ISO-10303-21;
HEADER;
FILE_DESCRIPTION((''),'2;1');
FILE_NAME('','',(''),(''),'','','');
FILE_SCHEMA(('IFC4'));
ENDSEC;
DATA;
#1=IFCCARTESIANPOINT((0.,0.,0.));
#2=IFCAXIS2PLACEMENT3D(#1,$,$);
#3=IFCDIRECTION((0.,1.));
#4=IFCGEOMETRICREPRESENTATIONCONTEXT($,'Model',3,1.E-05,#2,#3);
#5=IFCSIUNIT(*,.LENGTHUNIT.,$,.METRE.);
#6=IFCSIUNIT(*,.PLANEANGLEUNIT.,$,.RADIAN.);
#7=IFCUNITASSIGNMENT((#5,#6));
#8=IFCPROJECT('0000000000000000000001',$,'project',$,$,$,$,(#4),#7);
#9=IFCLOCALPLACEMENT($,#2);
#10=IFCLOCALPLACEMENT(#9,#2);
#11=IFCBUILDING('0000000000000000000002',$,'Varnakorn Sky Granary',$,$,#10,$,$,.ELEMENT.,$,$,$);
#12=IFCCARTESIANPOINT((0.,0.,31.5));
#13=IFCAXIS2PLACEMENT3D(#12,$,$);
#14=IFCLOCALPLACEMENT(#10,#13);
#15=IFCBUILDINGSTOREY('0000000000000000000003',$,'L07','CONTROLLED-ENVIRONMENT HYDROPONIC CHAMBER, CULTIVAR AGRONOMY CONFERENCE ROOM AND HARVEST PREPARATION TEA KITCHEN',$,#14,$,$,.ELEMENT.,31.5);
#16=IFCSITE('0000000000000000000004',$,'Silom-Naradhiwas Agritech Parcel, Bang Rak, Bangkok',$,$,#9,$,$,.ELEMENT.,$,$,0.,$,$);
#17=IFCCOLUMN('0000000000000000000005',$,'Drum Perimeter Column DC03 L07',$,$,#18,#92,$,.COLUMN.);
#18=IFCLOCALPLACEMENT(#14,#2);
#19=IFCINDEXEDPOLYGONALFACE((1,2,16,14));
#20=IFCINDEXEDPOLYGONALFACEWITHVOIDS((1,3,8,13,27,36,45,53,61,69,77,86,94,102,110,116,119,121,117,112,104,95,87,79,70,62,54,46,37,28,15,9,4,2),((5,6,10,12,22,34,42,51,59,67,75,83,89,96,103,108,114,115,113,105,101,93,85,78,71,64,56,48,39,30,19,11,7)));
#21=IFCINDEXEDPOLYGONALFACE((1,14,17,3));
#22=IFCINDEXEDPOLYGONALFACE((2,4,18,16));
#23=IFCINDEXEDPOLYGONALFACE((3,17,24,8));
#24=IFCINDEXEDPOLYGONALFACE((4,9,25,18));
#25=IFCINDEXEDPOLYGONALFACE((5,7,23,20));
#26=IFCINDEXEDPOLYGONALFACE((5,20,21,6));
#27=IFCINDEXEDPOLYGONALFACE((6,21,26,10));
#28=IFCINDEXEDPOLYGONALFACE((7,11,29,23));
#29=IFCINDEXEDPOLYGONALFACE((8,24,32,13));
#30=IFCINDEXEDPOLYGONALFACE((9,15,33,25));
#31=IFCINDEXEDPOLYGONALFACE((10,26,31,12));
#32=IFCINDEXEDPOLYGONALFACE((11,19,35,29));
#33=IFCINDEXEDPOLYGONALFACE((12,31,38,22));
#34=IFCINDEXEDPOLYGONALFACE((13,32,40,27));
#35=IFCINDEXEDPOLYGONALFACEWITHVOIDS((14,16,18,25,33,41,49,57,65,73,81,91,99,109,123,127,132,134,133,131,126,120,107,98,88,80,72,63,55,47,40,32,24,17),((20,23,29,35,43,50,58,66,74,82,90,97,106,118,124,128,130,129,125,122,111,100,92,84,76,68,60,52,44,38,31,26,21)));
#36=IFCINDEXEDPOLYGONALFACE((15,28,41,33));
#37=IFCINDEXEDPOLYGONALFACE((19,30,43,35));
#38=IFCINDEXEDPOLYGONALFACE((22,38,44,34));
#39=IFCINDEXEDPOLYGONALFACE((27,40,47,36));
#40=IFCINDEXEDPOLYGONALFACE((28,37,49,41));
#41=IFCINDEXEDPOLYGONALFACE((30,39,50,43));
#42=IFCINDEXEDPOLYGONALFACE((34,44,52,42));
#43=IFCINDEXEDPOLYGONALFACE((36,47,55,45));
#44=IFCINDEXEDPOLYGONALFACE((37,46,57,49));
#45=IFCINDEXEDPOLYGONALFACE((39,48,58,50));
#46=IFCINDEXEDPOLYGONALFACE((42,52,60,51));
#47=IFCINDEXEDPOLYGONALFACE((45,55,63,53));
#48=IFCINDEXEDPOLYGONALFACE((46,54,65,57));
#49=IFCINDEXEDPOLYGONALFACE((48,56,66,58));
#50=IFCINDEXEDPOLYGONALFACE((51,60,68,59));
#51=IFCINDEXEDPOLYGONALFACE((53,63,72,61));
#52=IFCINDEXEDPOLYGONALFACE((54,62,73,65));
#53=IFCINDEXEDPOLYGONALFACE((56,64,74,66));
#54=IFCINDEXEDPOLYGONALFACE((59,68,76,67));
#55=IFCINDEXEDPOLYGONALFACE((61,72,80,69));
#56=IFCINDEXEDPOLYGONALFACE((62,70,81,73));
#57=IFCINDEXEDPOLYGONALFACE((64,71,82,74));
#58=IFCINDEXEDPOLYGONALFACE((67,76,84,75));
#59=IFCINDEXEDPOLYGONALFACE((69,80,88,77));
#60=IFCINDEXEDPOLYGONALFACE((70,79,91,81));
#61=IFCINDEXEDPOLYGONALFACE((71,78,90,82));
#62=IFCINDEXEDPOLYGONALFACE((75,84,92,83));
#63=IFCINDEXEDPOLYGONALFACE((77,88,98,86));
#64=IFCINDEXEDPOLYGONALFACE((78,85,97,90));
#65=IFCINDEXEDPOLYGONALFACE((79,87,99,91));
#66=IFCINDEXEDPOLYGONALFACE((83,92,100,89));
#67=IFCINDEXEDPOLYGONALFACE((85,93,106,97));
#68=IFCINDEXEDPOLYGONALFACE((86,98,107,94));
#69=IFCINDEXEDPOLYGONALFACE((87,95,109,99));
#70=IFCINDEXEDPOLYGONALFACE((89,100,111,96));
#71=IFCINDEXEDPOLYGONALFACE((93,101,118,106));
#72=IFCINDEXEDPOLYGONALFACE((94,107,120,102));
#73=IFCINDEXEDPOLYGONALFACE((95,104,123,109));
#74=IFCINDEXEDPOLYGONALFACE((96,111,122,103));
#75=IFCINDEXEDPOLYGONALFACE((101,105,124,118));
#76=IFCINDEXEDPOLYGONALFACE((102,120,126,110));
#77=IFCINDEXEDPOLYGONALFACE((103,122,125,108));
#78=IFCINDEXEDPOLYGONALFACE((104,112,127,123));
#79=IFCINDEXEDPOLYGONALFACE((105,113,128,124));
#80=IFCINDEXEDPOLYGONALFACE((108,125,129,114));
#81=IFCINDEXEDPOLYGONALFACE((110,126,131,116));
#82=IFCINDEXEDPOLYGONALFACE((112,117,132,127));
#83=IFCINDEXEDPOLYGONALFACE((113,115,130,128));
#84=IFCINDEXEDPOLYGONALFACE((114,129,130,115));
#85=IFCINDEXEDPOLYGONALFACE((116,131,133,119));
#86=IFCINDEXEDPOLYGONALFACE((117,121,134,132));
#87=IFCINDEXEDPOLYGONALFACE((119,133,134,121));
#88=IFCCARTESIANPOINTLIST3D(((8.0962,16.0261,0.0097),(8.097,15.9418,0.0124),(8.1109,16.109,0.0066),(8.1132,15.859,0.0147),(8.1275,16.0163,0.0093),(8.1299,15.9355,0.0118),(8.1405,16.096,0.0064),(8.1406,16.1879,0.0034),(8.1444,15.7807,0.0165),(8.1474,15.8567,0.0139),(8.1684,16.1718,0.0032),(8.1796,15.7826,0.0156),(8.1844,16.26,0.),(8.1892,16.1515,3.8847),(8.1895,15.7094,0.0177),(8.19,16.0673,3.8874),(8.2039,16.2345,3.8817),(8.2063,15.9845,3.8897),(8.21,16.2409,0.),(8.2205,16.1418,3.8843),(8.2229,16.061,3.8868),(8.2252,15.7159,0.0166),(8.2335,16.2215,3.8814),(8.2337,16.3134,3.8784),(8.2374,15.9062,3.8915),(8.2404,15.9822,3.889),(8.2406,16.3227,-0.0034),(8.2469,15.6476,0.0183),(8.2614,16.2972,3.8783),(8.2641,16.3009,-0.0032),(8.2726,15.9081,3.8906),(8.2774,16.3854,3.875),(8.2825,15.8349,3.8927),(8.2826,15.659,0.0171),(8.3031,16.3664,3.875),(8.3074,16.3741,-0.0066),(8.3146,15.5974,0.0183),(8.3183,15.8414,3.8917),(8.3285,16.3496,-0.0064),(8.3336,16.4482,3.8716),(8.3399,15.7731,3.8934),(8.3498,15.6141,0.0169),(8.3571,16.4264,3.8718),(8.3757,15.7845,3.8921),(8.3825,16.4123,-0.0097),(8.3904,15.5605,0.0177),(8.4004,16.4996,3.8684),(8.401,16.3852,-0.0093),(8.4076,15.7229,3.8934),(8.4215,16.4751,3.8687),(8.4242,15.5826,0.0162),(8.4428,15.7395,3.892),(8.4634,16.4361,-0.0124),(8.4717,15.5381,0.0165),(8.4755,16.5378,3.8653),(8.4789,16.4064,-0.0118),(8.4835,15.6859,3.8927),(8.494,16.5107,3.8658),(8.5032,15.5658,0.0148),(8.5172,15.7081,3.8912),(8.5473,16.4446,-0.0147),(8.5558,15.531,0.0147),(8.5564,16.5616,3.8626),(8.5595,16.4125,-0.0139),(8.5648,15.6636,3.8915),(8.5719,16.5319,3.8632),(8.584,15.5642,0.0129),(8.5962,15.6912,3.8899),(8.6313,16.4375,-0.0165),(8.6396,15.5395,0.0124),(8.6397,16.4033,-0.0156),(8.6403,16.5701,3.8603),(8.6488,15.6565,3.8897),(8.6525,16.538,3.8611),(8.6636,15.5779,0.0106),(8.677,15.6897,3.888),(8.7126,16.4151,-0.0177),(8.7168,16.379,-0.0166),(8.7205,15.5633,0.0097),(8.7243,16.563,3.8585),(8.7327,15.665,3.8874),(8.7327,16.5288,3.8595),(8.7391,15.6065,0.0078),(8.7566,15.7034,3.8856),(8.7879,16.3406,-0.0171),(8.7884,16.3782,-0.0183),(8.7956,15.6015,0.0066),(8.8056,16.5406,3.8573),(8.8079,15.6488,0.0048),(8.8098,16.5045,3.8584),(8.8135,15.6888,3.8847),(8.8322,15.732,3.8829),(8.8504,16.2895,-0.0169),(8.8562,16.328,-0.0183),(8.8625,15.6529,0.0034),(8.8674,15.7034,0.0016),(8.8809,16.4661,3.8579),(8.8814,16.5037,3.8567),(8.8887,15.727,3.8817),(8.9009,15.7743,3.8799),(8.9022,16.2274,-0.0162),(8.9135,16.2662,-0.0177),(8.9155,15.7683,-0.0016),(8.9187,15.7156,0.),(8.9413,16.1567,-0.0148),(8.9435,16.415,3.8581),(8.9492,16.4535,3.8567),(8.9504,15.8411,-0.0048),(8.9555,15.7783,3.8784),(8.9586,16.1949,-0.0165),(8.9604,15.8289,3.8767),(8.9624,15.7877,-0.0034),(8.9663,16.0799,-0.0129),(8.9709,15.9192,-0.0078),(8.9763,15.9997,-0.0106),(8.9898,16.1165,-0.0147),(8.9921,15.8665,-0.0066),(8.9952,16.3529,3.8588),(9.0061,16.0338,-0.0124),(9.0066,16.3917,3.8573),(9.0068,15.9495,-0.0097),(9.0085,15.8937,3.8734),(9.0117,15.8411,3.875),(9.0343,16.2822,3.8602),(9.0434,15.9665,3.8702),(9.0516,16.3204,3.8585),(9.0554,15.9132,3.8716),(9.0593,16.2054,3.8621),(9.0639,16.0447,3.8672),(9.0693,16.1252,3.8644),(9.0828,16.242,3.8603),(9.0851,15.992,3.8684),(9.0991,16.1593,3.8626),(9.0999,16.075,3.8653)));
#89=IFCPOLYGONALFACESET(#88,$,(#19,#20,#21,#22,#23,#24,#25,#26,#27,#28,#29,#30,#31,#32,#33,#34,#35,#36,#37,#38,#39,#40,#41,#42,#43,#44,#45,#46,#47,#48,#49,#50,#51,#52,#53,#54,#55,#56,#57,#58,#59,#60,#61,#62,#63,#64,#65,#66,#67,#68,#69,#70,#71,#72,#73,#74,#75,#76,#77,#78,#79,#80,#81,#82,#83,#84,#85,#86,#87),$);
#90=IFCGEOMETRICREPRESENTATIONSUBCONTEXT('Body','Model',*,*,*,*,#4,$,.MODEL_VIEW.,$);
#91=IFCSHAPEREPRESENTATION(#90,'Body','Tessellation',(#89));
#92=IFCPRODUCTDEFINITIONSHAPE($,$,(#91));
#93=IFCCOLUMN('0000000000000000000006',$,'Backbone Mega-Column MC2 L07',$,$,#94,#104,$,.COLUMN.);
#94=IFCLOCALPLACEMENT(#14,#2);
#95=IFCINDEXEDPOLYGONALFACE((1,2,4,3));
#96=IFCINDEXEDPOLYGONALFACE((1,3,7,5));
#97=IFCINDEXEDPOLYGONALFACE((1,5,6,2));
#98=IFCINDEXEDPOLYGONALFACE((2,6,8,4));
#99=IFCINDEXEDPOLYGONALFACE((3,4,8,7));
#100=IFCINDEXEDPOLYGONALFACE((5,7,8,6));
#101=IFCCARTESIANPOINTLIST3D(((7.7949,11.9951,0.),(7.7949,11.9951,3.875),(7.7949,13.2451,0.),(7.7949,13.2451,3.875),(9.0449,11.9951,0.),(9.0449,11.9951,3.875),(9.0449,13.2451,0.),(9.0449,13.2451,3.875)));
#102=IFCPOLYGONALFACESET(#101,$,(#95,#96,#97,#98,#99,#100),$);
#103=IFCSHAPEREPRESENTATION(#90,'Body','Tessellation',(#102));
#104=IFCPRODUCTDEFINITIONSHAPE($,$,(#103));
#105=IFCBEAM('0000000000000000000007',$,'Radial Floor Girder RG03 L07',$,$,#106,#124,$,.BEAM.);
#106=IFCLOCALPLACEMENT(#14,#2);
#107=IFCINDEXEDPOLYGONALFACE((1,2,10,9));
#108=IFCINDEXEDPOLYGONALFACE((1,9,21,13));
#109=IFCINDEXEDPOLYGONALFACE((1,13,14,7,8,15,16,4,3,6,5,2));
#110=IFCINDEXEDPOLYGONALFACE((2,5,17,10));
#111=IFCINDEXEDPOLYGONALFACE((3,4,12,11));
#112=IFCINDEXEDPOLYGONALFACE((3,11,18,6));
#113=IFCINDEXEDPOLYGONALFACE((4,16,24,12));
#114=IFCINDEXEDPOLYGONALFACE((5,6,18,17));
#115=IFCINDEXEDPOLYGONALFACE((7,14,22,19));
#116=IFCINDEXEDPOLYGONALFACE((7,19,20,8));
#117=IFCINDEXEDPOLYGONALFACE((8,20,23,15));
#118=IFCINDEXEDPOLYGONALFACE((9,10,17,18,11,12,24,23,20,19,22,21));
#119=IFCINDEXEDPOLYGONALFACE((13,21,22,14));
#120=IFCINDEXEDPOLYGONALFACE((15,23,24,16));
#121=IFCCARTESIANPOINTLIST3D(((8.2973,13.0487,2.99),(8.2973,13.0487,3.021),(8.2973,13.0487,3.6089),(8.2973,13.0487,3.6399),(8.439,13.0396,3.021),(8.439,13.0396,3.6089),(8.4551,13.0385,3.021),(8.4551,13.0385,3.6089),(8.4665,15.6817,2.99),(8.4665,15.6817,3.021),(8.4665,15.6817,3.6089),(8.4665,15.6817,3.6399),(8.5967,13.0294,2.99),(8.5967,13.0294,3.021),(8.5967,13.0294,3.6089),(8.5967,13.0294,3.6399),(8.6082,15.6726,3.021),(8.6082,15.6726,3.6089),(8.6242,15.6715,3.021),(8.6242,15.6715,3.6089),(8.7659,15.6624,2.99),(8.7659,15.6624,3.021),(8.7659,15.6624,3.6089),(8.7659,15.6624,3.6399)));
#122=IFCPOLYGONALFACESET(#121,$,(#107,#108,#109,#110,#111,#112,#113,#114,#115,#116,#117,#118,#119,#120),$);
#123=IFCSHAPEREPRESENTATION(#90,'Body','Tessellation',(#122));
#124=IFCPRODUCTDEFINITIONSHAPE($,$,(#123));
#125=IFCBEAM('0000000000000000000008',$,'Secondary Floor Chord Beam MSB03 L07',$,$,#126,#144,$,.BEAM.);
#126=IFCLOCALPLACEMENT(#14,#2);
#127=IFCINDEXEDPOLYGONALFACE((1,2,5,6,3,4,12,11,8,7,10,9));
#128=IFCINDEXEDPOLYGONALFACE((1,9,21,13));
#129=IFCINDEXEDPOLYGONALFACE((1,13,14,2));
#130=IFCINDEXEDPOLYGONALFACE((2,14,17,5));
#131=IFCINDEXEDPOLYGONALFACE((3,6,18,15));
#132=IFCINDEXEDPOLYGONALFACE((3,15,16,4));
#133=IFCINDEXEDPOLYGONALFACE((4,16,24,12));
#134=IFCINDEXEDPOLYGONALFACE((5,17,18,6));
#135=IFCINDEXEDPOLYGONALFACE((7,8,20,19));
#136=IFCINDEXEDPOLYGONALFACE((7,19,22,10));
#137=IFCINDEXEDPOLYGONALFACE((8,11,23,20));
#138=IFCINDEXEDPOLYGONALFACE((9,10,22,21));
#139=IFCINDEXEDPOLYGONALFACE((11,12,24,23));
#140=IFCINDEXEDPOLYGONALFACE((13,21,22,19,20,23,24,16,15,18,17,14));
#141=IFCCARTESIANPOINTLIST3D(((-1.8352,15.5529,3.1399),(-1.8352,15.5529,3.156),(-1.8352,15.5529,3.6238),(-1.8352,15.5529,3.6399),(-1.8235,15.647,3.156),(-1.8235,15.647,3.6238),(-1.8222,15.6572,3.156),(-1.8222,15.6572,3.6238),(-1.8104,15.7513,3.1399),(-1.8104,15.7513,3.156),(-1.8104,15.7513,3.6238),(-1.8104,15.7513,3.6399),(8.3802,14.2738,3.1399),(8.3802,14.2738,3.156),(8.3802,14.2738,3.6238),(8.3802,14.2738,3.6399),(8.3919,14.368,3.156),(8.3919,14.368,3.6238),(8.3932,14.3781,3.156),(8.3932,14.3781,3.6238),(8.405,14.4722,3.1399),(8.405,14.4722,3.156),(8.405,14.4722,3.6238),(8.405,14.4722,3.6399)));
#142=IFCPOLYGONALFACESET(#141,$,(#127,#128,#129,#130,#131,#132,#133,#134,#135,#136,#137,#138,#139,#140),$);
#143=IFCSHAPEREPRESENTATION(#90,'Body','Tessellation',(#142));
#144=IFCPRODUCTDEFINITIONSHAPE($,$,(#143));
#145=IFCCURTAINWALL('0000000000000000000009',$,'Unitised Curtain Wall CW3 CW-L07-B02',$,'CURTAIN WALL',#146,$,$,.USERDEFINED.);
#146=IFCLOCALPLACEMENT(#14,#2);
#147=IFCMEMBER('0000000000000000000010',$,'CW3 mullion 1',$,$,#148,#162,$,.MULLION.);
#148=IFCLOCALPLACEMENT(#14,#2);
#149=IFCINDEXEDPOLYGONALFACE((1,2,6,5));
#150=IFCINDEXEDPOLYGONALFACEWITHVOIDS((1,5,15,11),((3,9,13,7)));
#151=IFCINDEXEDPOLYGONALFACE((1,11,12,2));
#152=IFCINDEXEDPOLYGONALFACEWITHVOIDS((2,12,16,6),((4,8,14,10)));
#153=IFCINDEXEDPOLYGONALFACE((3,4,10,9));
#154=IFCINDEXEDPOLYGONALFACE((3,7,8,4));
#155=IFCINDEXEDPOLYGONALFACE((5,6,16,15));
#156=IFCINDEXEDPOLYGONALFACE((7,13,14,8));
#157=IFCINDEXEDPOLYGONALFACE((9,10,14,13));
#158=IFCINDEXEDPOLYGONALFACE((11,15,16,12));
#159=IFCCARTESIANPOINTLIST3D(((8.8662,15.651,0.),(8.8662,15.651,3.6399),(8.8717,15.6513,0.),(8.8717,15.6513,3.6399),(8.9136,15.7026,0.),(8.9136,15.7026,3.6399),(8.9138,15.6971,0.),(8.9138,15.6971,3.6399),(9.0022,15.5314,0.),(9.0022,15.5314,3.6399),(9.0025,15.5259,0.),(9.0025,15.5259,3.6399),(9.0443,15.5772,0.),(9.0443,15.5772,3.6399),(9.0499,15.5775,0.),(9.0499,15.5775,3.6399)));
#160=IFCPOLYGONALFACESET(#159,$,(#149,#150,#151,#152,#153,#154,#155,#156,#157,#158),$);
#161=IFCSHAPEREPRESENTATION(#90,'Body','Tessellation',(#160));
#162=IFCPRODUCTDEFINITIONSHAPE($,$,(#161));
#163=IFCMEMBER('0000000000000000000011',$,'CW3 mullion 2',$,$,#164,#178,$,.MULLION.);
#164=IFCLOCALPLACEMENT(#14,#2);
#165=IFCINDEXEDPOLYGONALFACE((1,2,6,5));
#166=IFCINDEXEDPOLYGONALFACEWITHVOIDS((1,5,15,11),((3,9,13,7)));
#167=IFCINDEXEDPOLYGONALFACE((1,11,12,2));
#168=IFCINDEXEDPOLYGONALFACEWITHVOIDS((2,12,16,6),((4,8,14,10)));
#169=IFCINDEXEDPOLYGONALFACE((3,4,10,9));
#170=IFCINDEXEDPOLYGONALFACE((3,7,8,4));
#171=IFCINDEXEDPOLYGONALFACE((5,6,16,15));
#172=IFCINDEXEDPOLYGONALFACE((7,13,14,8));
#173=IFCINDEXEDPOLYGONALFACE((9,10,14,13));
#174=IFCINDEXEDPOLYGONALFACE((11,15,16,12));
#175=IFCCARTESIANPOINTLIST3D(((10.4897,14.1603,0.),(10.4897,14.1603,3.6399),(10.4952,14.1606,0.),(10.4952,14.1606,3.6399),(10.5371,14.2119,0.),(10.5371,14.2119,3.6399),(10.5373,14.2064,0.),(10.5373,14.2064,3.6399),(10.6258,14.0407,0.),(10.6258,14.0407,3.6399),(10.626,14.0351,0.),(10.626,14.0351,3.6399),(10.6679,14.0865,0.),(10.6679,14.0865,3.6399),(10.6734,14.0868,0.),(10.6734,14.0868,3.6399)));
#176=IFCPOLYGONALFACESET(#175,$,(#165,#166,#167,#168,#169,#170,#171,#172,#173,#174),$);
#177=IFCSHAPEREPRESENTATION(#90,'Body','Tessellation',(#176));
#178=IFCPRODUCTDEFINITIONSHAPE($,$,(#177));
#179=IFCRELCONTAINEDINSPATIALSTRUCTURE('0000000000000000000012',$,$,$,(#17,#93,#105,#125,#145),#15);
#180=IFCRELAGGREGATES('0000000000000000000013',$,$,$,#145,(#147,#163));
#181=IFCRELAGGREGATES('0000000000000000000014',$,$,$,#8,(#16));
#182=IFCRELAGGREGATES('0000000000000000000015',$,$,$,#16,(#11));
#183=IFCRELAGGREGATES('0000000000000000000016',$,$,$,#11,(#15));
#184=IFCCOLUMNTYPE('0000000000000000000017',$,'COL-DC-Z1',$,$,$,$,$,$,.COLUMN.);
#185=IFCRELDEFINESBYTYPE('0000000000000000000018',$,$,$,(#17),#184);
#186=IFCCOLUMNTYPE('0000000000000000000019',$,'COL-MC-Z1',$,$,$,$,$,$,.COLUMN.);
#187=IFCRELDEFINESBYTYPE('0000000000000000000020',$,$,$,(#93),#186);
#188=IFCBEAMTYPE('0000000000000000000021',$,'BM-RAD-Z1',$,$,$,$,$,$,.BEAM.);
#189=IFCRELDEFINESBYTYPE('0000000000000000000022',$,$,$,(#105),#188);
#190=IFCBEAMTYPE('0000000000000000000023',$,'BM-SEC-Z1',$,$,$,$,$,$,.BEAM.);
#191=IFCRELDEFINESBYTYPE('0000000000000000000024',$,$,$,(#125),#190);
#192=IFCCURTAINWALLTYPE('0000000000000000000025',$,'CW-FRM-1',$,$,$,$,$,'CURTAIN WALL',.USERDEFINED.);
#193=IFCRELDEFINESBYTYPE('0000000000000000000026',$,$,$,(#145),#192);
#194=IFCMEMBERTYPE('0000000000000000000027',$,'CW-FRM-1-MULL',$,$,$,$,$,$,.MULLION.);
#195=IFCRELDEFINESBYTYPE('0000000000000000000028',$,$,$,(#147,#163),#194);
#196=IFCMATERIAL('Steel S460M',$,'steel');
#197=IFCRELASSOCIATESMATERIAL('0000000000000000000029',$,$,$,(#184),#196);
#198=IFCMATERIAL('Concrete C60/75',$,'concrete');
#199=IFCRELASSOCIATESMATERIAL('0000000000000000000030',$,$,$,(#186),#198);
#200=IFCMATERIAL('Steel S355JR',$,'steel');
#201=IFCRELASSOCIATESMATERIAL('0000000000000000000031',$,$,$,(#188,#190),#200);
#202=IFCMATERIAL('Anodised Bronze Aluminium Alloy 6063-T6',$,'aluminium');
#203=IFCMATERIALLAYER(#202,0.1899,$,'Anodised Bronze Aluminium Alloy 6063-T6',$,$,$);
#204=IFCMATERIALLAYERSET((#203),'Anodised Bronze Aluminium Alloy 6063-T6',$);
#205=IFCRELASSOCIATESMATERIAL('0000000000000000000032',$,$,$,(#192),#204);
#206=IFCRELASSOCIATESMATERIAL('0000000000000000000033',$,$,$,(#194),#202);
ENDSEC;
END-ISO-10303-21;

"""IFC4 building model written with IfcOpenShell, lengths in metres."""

from ifc_helpers import new_model, si_unit, direction, frame, origin, origin_2d, place, context, subcontext, project, spatial, rectangle, hollow_rectangle, hollow_circle, i_section, extrude, material, layer, layer_set, material_profile, profile_set, type_object, element, aggregate, save


model = new_model("IFC4")

# Units and contexts
model_context = context("Model", 3, precision=1e-05, world=origin(), true_north=direction((0.0, 1.0)))
body_context = subcontext(model_context, "Body", "Model", "MODEL_VIEW")
ifc_project = project(units=[si_unit("LENGTHUNIT", "METRE"), si_unit("PLANEANGLEUNIT", "RADIAN")], contexts=[model_context])

# Site, building, storey
site_placement = place(None, origin())
site = spatial("IfcSite", under=ifc_project, at=site_placement, Name="Silom-Naradhiwas Agritech Parcel, Bang Rak, Bangkok", CompositionType="ELEMENT", RefElevation=0.0)
building_placement = place(site_placement, origin())
building = spatial("IfcBuilding", under=site, at=building_placement, Name="Varnakorn Sky Granary", CompositionType="ELEMENT")
storey_placement = place(building_placement, frame((0.0, 0.0, 31.5)))
storey = spatial("IfcBuildingStorey", under=building, at=storey_placement, Name="L07", Description="CONTROLLED-ENVIRONMENT HYDROPONIC CHAMBER, CULTIVAR AGRONOMY CONFERENCE ROOM AND HARVEST PREPARATION TEA KITCHEN", CompositionType="ELEMENT", Elevation=31.5)

# Columns
ifc_material_1 = material(Name="Steel S460M", Category="steel")
ifc_material_profile_1 = material_profile(ifc_material_1, hollow_circle(Radius=0.457, WallThickness=0.032, at=origin_2d()), Name="CHS 914x32")
ifc_profile_set_1 = profile_set([ifc_material_profile_1], Name="Steel S460M")
column_type_1 = type_object("IfcColumnType", Name="COL-DC-Z1", PredefinedType="COLUMN", material=ifc_profile_set_1)
column_1_placement = place(storey_placement, frame((8.5515, 15.9878, 0.0), z_axis=(0.023985, 0.032358, 0.999189), x_axis=(-0.803363, 0.595489, 0.0)))
element("IfcColumn", 1, at=column_1_placement, inside=storey, type_object=column_type_1, Name="Drum Perimeter Column DC03 L07", PredefinedType="COLUMN", context=body_context, shape_type="SweptSolid", body=[
    extrude(hollow_circle(Radius=0.457, WallThickness=0.032, at=origin_2d()), origin(), (0.0, 0.0, 1.0), 3.8782),
])
ifc_material_2 = material(Name="Concrete C60/75", Category="concrete")
ifc_material_profile_2 = material_profile(ifc_material_2, rectangle(XDim=1.25, YDim=1.25, at=origin_2d()), Name="RC 1250x1250")
ifc_profile_set_2 = profile_set([ifc_material_profile_2], Name="Concrete C60/75")
column_type_2 = type_object("IfcColumnType", Name="COL-MC-Z1", PredefinedType="COLUMN", material=ifc_profile_set_2)
column_2_placement = place(storey_placement, frame((8.4199, 12.6201, 0.0), z_axis=(0.0, 0.0, 1.0), x_axis=(1.0, 0.0, 0.0)))
element("IfcColumn", 2, at=column_2_placement, inside=storey, type_object=column_type_2, Name="Backbone Mega-Column MC2 L07", PredefinedType="COLUMN", context=body_context, shape_type="SweptSolid", body=[
    extrude(rectangle(XDim=1.25, YDim=1.25, at=origin_2d()), origin(), (0.0, 0.0, 1.0), 3.875),
])

# Beams
ifc_material_3 = material(Name="Steel S355JR", Category="steel")
ifc_material_profile_3 = material_profile(ifc_material_3, i_section(OverallWidth=0.3, OverallDepth=0.6499, WebThickness=0.0161, FlangeThickness=0.031, at=origin_2d()), Name="HE 650 B")
ifc_profile_set_3 = profile_set([ifc_material_profile_3], Name="Steel S355JR")
beam_type_1 = type_object("IfcBeamType", Name="BM-RAD-Z1", PredefinedType="BEAM", material=ifc_profile_set_3)
beam_1_placement = place(storey_placement, frame((8.447, 13.0391, 3.3149), z_axis=(0.064124, 0.997942, 0.0), x_axis=(-0.997942, 0.064124, 0.0)))
element("IfcBeam", 3, at=beam_1_placement, inside=storey, type_object=beam_type_1, Name="Radial Floor Girder RG03 L07", PredefinedType="BEAM", context=body_context, shape_type="SweptSolid", body=[
    extrude(i_section(OverallWidth=0.3, OverallDepth=0.6499, WebThickness=0.0161, FlangeThickness=0.031, at=origin_2d()), origin(), (0.0, 0.0, 1.0), 2.6384),
])
ifc_material_profile_4 = material_profile(ifc_material_3, i_section(OverallWidth=0.2, OverallDepth=0.5, WebThickness=0.0103, FlangeThickness=0.0161, at=origin_2d()), Name="IPE 500")
ifc_profile_set_4 = profile_set([ifc_material_profile_4], Name="Steel S355JR")
beam_type_2 = type_object("IfcBeamType", Name="BM-SEC-Z1", PredefinedType="BEAM", material=ifc_profile_set_4)
beam_2_placement = place(storey_placement, frame((8.3926, 14.373, 3.3899), z_axis=(-0.992252, 0.124239, 0.0), x_axis=(-0.124239, -0.992252, 0.0)))
element("IfcBeam", 4, at=beam_2_placement, inside=storey, type_object=beam_type_2, Name="Secondary Floor Chord Beam MSB03 L07", PredefinedType="BEAM", context=body_context, shape_type="SweptSolid", body=[
    extrude(i_section(OverallWidth=0.2, OverallDepth=0.5, WebThickness=0.0103, FlangeThickness=0.0161, at=origin_2d()), origin(), (0.0, 0.0, 1.0), 10.2952),
])

# Curtain wall, members
ifc_material_4 = material(Name="Anodised Bronze Aluminium Alloy 6063-T6", Category="aluminium")
ifc_layer_1 = layer(ifc_material_4, 0.1899, Name="Anodised Bronze Aluminium Alloy 6063-T6")
ifc_layer_set_1 = layer_set([ifc_layer_1], Name="Anodised Bronze Aluminium Alloy 6063-T6")
curtain_wall_type = type_object("IfcCurtainWallType", Name="CW-FRM-1", ElementType="CURTAIN WALL", PredefinedType="USERDEFINED", material=ifc_layer_set_1)
curtain_wall_placement = place(storey_placement, origin())
curtain_wall = element("IfcCurtainWall", 5, at=curtain_wall_placement, inside=storey, type_object=curtain_wall_type, Name="Unitised Curtain Wall CW3 CW-L07-B02", ObjectType="CURTAIN WALL", PredefinedType="USERDEFINED")
ifc_material_profile_5 = material_profile(ifc_material_4, hollow_rectangle(XDim=0.0701, YDim=0.1851, WallThickness=0.0039, at=origin_2d()), Name="ALU MULL 70x185")
ifc_profile_set_5 = profile_set([ifc_material_profile_5], Name="Anodised Bronze Aluminium Alloy 6063-T6")
member_type_1 = type_object("IfcMemberType", Name="CW-FRM-1-MULL", PredefinedType="MULLION", material=ifc_profile_set_5)
member_1_placement = place(storey_placement, frame((8.958, 15.6143, 0.0), z_axis=(0.0, 0.0, 1.0), x_axis=(0.676387, 0.736547, 0.0)))
member_1 = element("IfcMember", 6, at=member_1_placement, type_object=member_type_1, Name="CW3 mullion 1", PredefinedType="MULLION", context=body_context, shape_type="SweptSolid", body=[
    extrude(hollow_rectangle(XDim=0.0701, YDim=0.1851, WallThickness=0.0039, at=origin_2d()), origin(), (0.0, 0.0, 1.0), 3.6399),
])
member_2_placement = place(storey_placement, frame((10.5815, 14.1235, 0.0), z_axis=(0.0, 0.0, 1.0), x_axis=(0.676387, 0.736547, 0.0)))
member_2 = element("IfcMember", 7, at=member_2_placement, type_object=member_type_1, Name="CW3 mullion 2", PredefinedType="MULLION", context=body_context, shape_type="SweptSolid", body=[
    extrude(hollow_rectangle(XDim=0.0701, YDim=0.1851, WallThickness=0.0039, at=origin_2d()), origin(), (0.0, 0.0, 1.0), 3.6399),
])

aggregate(curtain_wall, [member_1, member_2])

save(model, "model.ifc")
